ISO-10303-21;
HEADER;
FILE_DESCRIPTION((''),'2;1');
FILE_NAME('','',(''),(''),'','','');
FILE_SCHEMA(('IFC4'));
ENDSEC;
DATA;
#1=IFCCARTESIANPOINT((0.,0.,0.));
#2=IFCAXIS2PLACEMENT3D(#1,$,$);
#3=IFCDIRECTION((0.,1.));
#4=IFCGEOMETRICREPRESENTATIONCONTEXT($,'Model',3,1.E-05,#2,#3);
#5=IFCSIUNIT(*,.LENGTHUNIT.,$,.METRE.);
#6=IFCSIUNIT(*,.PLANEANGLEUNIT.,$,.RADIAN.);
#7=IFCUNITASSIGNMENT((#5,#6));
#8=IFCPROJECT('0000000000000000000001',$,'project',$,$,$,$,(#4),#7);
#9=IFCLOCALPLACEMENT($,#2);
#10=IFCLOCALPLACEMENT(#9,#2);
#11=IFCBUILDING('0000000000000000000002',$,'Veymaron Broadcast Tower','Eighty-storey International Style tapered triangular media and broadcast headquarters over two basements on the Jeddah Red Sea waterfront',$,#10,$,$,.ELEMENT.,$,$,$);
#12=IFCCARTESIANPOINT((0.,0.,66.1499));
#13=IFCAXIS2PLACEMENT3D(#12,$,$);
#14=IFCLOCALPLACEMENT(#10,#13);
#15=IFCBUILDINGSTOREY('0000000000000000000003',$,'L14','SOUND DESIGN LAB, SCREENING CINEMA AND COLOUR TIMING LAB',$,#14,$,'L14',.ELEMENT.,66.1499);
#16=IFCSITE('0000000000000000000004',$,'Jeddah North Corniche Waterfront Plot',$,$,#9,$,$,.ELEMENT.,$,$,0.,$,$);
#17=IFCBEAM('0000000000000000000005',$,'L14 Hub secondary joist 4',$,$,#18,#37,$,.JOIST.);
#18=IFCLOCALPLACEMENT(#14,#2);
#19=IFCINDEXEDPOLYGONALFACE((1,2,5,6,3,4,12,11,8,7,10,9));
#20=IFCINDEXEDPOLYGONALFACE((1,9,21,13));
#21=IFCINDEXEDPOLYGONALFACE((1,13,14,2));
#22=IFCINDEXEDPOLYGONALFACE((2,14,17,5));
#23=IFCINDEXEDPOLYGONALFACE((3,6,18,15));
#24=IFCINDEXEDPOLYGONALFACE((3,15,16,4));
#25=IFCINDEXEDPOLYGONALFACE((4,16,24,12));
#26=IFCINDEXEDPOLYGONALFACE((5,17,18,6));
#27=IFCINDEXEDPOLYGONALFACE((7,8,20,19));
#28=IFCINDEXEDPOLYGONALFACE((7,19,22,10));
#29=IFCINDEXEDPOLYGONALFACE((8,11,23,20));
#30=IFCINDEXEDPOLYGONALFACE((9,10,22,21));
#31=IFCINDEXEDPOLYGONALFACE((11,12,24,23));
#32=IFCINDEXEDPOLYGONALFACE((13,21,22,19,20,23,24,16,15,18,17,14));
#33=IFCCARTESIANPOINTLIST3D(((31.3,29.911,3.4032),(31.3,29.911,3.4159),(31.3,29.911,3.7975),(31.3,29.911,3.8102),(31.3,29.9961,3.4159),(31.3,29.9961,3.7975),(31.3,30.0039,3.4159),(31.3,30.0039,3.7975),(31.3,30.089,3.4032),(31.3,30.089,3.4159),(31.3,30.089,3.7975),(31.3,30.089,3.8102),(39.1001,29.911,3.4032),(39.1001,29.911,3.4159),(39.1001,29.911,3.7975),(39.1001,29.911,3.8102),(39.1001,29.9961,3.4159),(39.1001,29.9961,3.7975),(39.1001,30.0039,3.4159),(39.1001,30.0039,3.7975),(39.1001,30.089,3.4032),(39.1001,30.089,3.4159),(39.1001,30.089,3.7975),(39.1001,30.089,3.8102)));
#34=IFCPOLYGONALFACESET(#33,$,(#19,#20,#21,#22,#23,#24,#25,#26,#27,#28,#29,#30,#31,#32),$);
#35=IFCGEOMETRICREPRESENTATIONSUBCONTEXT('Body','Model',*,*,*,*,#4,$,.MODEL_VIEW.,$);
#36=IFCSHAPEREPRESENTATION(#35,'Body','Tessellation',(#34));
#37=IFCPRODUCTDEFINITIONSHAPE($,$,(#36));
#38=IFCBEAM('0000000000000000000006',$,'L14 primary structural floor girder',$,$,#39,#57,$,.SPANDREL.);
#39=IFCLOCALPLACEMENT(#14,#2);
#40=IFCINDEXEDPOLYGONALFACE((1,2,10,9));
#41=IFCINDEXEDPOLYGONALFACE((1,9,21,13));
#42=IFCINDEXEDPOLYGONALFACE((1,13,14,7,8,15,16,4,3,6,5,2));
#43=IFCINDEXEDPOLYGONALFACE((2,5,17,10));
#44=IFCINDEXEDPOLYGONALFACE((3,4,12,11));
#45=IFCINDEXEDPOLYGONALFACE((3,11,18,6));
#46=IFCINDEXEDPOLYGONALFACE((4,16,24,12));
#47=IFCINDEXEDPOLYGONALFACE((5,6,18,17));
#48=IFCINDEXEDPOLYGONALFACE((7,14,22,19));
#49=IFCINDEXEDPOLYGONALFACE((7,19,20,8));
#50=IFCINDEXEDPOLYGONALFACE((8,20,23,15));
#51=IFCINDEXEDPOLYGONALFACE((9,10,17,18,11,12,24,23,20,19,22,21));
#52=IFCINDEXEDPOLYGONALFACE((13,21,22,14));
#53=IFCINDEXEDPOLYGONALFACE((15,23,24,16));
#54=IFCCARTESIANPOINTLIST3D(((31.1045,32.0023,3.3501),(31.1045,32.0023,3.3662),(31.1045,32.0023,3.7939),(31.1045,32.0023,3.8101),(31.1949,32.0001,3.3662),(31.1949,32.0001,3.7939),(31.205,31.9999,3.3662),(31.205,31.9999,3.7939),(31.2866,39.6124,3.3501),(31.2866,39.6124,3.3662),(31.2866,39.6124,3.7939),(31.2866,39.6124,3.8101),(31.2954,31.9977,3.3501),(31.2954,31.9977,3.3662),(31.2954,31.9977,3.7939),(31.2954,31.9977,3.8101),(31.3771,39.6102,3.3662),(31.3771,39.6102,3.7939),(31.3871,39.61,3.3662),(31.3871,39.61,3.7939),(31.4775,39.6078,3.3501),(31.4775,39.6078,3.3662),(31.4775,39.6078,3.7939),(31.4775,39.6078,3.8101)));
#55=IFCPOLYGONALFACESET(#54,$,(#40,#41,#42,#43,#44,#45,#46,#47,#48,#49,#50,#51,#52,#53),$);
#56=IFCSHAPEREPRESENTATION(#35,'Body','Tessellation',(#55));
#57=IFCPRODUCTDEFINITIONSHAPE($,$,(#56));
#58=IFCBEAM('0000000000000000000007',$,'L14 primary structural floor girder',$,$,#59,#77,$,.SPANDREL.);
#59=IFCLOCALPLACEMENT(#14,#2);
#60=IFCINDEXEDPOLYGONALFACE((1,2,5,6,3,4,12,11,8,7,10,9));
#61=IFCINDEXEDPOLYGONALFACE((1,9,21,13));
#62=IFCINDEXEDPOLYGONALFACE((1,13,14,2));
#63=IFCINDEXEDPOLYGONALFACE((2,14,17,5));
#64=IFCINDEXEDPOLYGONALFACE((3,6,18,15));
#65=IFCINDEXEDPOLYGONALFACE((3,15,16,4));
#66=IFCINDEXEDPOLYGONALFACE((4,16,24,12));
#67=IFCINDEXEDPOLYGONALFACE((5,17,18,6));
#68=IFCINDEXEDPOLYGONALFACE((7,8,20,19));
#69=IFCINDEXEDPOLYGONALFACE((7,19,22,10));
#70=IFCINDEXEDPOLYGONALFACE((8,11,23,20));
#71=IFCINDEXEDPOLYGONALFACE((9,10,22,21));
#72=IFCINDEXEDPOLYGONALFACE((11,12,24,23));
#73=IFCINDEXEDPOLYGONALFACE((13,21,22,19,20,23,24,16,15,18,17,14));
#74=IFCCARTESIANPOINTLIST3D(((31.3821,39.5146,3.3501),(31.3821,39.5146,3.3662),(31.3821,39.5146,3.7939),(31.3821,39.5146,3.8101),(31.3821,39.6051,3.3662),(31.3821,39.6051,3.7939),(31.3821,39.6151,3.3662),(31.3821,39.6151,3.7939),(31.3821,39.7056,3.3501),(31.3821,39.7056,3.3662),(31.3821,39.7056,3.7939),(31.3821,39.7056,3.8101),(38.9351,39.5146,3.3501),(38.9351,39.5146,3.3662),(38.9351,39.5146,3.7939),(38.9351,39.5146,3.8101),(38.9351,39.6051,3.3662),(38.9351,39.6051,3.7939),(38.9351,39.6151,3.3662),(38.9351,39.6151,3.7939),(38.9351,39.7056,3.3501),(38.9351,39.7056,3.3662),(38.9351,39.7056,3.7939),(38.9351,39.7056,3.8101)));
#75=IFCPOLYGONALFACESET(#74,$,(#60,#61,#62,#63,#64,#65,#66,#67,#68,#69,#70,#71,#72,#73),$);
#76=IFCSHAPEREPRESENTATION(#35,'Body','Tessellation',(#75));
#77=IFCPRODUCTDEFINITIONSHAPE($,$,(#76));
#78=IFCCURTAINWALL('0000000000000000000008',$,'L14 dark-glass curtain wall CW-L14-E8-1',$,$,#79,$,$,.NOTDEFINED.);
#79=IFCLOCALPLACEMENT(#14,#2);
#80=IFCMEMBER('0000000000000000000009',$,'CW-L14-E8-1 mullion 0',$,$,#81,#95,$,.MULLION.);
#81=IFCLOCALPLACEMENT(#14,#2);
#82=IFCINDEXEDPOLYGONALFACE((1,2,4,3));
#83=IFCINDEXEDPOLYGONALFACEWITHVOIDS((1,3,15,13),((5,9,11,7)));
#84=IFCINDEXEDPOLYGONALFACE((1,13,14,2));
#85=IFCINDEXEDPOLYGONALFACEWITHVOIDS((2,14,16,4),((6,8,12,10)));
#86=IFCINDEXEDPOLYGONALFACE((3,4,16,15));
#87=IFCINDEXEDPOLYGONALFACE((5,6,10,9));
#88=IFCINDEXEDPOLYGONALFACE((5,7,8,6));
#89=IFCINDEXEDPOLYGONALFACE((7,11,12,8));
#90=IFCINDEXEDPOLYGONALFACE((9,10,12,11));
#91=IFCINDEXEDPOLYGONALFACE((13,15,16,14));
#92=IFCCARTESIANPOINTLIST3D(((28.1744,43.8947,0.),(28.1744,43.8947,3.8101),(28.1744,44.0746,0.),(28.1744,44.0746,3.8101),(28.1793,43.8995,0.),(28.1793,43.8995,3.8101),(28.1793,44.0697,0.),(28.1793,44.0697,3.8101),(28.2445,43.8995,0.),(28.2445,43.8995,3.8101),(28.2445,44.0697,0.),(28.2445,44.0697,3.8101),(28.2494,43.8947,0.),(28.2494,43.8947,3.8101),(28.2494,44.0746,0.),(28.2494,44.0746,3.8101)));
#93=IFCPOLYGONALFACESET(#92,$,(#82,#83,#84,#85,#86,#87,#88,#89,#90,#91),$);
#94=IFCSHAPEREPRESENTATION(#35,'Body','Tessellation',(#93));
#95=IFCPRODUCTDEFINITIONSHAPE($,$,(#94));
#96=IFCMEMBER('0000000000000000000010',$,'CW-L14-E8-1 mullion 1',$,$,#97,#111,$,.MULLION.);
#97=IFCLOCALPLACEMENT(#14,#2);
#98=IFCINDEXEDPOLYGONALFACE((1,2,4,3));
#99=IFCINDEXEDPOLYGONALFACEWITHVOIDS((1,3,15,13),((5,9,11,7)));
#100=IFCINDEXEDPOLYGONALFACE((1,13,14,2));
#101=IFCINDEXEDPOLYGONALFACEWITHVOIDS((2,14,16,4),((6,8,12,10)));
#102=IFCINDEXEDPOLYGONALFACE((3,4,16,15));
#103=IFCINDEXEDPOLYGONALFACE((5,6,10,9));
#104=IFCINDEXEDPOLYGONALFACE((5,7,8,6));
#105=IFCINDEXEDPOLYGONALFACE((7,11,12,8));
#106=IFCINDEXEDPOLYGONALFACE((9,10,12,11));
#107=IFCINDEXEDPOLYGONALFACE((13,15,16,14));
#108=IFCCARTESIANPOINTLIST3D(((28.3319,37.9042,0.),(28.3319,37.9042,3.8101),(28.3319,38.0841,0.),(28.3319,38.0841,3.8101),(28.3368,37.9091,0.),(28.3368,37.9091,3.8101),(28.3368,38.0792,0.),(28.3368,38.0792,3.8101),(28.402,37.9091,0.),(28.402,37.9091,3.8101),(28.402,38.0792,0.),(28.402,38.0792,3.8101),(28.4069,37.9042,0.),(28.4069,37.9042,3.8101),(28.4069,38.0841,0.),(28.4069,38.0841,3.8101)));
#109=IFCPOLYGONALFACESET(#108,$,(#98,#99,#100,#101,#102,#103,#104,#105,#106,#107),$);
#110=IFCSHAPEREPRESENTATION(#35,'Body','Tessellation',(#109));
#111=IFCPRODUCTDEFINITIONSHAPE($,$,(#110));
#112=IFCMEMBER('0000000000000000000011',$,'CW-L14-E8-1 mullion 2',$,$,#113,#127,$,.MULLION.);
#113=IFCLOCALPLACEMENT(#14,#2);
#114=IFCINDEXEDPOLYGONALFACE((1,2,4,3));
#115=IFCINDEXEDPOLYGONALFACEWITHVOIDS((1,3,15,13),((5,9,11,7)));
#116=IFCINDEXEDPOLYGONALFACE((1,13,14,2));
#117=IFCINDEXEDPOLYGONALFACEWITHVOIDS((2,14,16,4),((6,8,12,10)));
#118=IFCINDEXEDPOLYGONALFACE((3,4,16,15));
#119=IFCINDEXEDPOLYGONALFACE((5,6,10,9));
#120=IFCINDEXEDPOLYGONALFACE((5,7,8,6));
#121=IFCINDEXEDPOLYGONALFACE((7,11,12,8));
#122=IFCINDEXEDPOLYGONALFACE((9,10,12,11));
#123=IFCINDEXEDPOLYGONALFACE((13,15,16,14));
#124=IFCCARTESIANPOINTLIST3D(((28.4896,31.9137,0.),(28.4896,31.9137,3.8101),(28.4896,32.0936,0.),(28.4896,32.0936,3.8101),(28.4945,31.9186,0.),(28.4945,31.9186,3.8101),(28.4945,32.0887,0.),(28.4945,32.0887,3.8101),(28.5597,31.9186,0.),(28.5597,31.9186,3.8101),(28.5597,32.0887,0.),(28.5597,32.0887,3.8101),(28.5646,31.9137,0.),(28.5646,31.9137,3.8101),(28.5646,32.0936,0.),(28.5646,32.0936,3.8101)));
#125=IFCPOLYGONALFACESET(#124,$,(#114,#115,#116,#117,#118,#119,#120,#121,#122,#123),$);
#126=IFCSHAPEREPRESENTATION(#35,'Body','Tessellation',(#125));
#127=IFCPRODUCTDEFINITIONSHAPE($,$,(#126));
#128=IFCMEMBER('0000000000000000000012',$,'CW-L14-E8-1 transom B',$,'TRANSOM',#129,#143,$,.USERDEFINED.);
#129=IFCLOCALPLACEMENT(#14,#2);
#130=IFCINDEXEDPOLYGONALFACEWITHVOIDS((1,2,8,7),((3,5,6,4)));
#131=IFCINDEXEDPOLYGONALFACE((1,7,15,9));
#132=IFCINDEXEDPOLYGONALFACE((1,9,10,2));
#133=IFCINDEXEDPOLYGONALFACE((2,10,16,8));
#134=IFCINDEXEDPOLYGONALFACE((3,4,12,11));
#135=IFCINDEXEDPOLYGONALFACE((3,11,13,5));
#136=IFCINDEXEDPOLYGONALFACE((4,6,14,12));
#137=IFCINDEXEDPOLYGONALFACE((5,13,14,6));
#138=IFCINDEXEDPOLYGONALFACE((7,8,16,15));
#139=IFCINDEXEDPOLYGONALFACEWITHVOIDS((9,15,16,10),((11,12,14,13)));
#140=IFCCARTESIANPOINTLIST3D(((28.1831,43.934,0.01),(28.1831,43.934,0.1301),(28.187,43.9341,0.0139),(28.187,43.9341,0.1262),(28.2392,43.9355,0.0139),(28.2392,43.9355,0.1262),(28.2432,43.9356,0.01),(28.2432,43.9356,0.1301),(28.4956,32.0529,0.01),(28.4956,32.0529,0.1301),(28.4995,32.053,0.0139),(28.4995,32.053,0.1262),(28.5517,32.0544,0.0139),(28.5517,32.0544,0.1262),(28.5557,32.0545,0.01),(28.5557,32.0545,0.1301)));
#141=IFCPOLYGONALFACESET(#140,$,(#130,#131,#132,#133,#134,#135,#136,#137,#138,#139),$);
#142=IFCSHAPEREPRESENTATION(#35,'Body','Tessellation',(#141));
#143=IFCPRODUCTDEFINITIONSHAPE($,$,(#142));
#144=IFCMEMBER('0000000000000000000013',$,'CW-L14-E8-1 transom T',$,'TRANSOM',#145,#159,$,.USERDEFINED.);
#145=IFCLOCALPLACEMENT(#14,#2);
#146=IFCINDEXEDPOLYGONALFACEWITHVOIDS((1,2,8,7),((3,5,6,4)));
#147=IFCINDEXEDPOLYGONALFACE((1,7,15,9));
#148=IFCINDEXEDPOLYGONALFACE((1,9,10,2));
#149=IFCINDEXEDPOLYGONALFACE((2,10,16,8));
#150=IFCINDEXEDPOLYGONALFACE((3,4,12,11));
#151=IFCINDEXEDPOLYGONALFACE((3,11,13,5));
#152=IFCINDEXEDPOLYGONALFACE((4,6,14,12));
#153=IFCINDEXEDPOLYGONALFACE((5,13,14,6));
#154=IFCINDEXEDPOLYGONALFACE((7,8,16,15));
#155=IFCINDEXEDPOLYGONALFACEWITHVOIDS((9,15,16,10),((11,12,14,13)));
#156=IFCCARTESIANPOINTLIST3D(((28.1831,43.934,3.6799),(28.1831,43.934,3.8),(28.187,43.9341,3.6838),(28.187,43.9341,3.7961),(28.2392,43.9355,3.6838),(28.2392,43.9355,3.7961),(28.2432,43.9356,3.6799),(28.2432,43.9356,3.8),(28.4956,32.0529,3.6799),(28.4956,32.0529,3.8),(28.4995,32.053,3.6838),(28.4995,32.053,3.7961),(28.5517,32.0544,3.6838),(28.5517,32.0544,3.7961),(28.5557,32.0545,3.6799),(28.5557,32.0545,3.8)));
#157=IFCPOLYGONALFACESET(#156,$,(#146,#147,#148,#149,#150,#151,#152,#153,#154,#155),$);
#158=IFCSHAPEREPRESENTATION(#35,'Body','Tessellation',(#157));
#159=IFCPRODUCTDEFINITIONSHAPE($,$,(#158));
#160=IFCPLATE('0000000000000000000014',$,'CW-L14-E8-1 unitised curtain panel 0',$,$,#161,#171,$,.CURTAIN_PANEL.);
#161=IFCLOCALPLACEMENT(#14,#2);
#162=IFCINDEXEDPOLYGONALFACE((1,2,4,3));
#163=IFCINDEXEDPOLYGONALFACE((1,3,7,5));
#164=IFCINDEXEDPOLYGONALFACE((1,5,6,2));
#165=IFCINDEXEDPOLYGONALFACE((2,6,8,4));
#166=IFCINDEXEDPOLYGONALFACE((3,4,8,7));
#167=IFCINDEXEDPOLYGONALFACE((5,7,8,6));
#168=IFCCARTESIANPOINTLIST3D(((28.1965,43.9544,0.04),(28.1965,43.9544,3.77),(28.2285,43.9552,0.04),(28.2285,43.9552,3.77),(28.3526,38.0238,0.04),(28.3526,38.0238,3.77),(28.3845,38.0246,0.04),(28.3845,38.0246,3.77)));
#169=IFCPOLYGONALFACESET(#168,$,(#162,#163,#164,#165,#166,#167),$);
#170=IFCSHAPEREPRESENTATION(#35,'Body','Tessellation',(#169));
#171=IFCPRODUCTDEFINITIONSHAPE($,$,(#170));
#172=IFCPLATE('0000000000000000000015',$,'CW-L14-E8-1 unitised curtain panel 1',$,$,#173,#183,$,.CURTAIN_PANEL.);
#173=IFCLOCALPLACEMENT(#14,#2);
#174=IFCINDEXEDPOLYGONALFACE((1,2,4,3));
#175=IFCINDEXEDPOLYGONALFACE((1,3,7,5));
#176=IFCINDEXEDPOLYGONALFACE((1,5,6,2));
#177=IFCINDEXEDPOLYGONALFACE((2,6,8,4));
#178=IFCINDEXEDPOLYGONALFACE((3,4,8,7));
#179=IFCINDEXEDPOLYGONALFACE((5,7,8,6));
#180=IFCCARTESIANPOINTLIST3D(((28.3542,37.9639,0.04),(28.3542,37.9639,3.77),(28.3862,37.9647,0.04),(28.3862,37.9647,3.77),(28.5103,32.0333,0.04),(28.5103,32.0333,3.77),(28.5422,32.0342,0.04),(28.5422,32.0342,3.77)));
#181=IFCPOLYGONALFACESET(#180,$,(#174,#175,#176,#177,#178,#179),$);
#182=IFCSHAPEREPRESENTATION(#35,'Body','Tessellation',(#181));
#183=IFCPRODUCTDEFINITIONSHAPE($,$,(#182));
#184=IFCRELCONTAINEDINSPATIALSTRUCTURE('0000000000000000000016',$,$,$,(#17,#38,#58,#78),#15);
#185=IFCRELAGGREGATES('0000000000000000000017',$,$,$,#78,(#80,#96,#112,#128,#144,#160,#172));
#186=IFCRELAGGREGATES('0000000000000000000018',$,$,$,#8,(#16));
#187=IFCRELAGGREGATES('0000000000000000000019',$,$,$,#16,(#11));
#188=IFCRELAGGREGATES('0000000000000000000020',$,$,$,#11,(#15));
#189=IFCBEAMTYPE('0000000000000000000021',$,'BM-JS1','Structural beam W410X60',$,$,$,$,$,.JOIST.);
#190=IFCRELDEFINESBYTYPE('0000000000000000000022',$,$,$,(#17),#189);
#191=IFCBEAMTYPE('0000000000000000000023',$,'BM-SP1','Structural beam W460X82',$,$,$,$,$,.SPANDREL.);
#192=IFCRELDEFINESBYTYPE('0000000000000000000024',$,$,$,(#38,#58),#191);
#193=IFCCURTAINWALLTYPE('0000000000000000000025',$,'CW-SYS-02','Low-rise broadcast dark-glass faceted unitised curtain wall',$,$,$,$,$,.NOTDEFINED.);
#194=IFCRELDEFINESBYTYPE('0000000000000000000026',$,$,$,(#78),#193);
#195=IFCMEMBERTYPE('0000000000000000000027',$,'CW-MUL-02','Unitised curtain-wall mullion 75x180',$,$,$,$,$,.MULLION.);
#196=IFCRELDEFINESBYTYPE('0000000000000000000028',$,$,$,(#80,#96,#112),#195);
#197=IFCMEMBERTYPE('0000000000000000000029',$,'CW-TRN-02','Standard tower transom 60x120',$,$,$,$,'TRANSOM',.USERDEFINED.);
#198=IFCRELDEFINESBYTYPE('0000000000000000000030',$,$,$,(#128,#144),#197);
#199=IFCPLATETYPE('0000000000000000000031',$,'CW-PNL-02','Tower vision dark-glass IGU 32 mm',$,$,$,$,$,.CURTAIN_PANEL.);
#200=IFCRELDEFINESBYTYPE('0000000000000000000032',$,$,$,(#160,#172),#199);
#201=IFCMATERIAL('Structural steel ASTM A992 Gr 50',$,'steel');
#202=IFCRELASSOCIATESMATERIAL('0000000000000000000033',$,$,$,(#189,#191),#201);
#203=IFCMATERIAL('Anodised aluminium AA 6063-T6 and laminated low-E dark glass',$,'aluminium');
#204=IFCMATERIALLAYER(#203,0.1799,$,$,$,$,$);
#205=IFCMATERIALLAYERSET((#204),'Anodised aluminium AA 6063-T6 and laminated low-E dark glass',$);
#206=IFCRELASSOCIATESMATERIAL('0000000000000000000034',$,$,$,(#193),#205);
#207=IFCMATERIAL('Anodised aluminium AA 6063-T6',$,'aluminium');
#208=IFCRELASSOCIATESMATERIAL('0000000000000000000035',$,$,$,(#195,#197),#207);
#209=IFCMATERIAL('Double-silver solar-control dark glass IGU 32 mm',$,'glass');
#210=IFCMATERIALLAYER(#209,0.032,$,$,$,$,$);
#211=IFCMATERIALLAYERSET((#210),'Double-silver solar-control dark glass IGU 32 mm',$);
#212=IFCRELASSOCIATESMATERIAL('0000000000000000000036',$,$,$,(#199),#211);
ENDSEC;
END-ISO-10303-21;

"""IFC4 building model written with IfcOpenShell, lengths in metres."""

from ifc_helpers import new_model, si_unit, direction, frame, origin, origin_2d, place, context, subcontext, project, spatial, rectangle, hollow_rectangle, i_section, extrude, material, layer, layer_set, material_profile, profile_set, type_object, element, aggregate, save


model = new_model("IFC4")

# Units and contexts
model_context = context("Model", 3, precision=1e-05, world=origin(), true_north=direction((0.0, 1.0)))
body_context = subcontext(model_context, "Body", "Model", "MODEL_VIEW")
ifc_project = project(units=[si_unit("LENGTHUNIT", "METRE"), si_unit("PLANEANGLEUNIT", "RADIAN")], contexts=[model_context])

# Site, building, storey
site_placement = place(None, origin())
site = spatial("IfcSite", under=ifc_project, at=site_placement, Name="Jeddah North Corniche Waterfront Plot", CompositionType="ELEMENT", RefElevation=0.0)
building_placement = place(site_placement, origin())
building = spatial("IfcBuilding", under=site, at=building_placement, Name="Veymaron Broadcast Tower", Description="Eighty-storey International Style tapered triangular media and broadcast headquarters over two basements on the Jeddah Red Sea waterfront", CompositionType="ELEMENT")
storey_placement = place(building_placement, frame((0.0, 0.0, 66.1499)))
storey = spatial("IfcBuildingStorey", under=building, at=storey_placement, Name="L14", Description="SOUND DESIGN LAB, SCREENING CINEMA AND COLOUR TIMING LAB", LongName="L14", CompositionType="ELEMENT", Elevation=66.1499)

# Beams
ifc_material_1 = material(Name="Structural steel ASTM A992 Gr 50", Category="steel")
ifc_material_profile_1 = material_profile(ifc_material_1, i_section(OverallWidth=0.178, OverallDepth=0.407, WebThickness=0.0078, FlangeThickness=0.0127, at=origin_2d()), Name="W410X60")
ifc_profile_set_1 = profile_set([ifc_material_profile_1], Name="Structural steel ASTM A992 Gr 50")
beam_type_1 = type_object("IfcBeamType", Name="BM-JS1", Description="Structural beam W410X60", PredefinedType="JOIST", material=ifc_profile_set_1)
for number, where, z_axis, x_axis, name in (
    (1, (31.3, 30.0, 3.6067), (1.0, 0.0, 0.0), (0.0, 1.0, 0.0), "L14 Hub secondary joist 4"),
):
    element("IfcBeam", number, at=place(storey_placement, frame(where, z_axis=z_axis, x_axis=x_axis)), inside=storey, type_object=beam_type_1, Name=name, PredefinedType="JOIST", context=body_context, shape_type="SweptSolid", body=[
        extrude(i_section(OverallWidth=0.178, OverallDepth=0.407, WebThickness=0.0078, FlangeThickness=0.0127, at=origin_2d()), origin(), (0.0, 0.0, 1.0), 7.8),
    ])
ifc_material_profile_2 = material_profile(ifc_material_1, i_section(OverallWidth=0.1909, OverallDepth=0.46, WebThickness=0.01, FlangeThickness=0.0161, at=origin_2d()), Name="W460X82")
ifc_profile_set_2 = profile_set([ifc_material_profile_2], Name="Structural steel ASTM A992 Gr 50")
beam_type_2 = type_object("IfcBeamType", Name="BM-SP1", Description="Structural beam W460X82", PredefinedType="SPANDREL", material=ifc_profile_set_2)
beam_1_placement = place(storey_placement, frame((31.2, 32.0, 3.5801), z_axis=(0.023926, 0.999714, 0.0), x_axis=(-0.999714, 0.023926, 0.0)))
element("IfcBeam", 2, at=beam_1_placement, inside=storey, type_object=beam_type_2, Name="L14 primary structural floor girder", PredefinedType="SPANDREL", context=body_context, shape_type="SweptSolid", body=[
    extrude(i_section(OverallWidth=0.1909, OverallDepth=0.46, WebThickness=0.01, FlangeThickness=0.0161, at=origin_2d()), origin(), (0.0, 0.0, 1.0), 7.6123),
])
beam_2_placement = place(storey_placement, frame((31.3821, 39.6101, 3.5801), z_axis=(1.0, 0.0, 0.0), x_axis=(0.0, 1.0, 0.0)))
element("IfcBeam", 3, at=beam_2_placement, inside=storey, type_object=beam_type_2, Name="L14 primary structural floor girder", PredefinedType="SPANDREL", context=body_context, shape_type="SweptSolid", body=[
    extrude(i_section(OverallWidth=0.1909, OverallDepth=0.46, WebThickness=0.01, FlangeThickness=0.0161, at=origin_2d()), origin(), (0.0, 0.0, 1.0), 7.553),
])

# Curtain wall, members, plates
ifc_material_2 = material(Name="Anodised aluminium AA 6063-T6 and laminated low-E dark glass", Category="aluminium")
ifc_layer_1 = layer(ifc_material_2, 0.1799)
ifc_layer_set_1 = layer_set([ifc_layer_1], Name="Anodised aluminium AA 6063-T6 and laminated low-E dark glass")
curtain_wall_type = type_object("IfcCurtainWallType", Name="CW-SYS-02", Description="Low-rise broadcast dark-glass faceted unitised curtain wall", PredefinedType="NOTDEFINED", material=ifc_layer_set_1)
curtain_wall_placement = place(storey_placement, origin())
curtain_wall = element("IfcCurtainWall", 4, at=curtain_wall_placement, inside=storey, type_object=curtain_wall_type, Name="L14 dark-glass curtain wall CW-L14-E8-1", PredefinedType="NOTDEFINED")
ifc_material_3 = material(Name="Anodised aluminium AA 6063-T6", Category="aluminium")
ifc_material_profile_3 = material_profile(ifc_material_3, hollow_rectangle(XDim=0.075, YDim=0.1799, WallThickness=0.0049, at=origin_2d()), Name="AL180X75X5")
ifc_profile_set_3 = profile_set([ifc_material_profile_3], Name="Anodised aluminium AA 6063-T6")
member_type_1 = type_object("IfcMemberType", Name="CW-MUL-02", Description="Unitised curtain-wall mullion 75x180", PredefinedType="MULLION", material=ifc_profile_set_3)
member_1_placement = place(storey_placement, frame((28.2119, 43.9846, 0.0), z_axis=(0.0, 0.0, 1.0), x_axis=(1.0, 0.0, 0.0)))
member_1 = element("IfcMember", 5, at=member_1_placement, type_object=member_type_1, Name="CW-L14-E8-1 mullion 0", PredefinedType="MULLION", context=body_context, shape_type="SweptSolid", body=[
    extrude(hollow_rectangle(XDim=0.075, YDim=0.1799, WallThickness=0.0049, at=origin_2d()), origin(), (0.0, 0.0, 1.0), 3.8101),
])
member_2_placement = place(storey_placement, frame((28.3694, 37.9941, 0.0), z_axis=(0.0, 0.0, 1.0), x_axis=(1.0, 0.0, 0.0)))
member_2 = element("IfcMember", 6, at=member_2_placement, type_object=member_type_1, Name="CW-L14-E8-1 mullion 1", PredefinedType="MULLION", context=body_context, shape_type="SweptSolid", body=[
    extrude(hollow_rectangle(XDim=0.075, YDim=0.1799, WallThickness=0.0049, at=origin_2d()), origin(), (0.0, 0.0, 1.0), 3.8101),
])
member_3_placement = place(storey_placement, frame((28.5271, 32.0037, 0.0), z_axis=(0.0, 0.0, 1.0), x_axis=(1.0, 0.0, 0.0)))
member_3 = element("IfcMember", 7, at=member_3_placement, type_object=member_type_1, Name="CW-L14-E8-1 mullion 2", PredefinedType="MULLION", context=body_context, shape_type="SweptSolid", body=[
    extrude(hollow_rectangle(XDim=0.075, YDim=0.1799, WallThickness=0.0049, at=origin_2d()), origin(), (0.0, 0.0, 1.0), 3.8101),
])
ifc_material_profile_4 = material_profile(ifc_material_3, hollow_rectangle(XDim=0.0601, YDim=0.1201, WallThickness=0.0039, at=origin_2d()), Name="AL120X60X4")
ifc_profile_set_4 = profile_set([ifc_material_profile_4], Name="Anodised aluminium AA 6063-T6")
member_type_2 = type_object("IfcMemberType", Name="CW-TRN-02", Description="Standard tower transom 60x120", ElementType="TRANSOM", PredefinedType="USERDEFINED", material=ifc_profile_set_4)
member_4_placement = place(storey_placement, frame((28.2131, 43.9348, 0.0701), z_axis=(0.026293, -0.999654, 0.0), x_axis=(0.999654, 0.026293, 0.0)))
member_4 = element("IfcMember", 8, at=member_4_placement, type_object=member_type_2, Name="CW-L14-E8-1 transom B", ObjectType="TRANSOM", PredefinedType="USERDEFINED", context=body_context, shape_type="SweptSolid", body=[
    extrude(hollow_rectangle(XDim=0.0601, YDim=0.1201, WallThickness=0.0039, at=origin_2d()), origin(), (0.0, 0.0, 1.0), 11.8853),
])
member_5_placement = place(storey_placement, frame((28.2131, 43.9348, 3.74), z_axis=(0.026293, -0.999654, 0.0), x_axis=(0.999654, 0.026293, 0.0)))
member_5 = element("IfcMember", 9, at=member_5_placement, type_object=member_type_2, Name="CW-L14-E8-1 transom T", ObjectType="TRANSOM", PredefinedType="USERDEFINED", context=body_context, shape_type="SweptSolid", body=[
    extrude(hollow_rectangle(XDim=0.0601, YDim=0.1201, WallThickness=0.0039, at=origin_2d()), origin(), (0.0, 0.0, 1.0), 11.8853),
])
ifc_material_4 = material(Name="Double-silver solar-control dark glass IGU 32 mm", Category="glass")
ifc_layer_2 = layer(ifc_material_4, 0.032)
ifc_layer_set_2 = layer_set([ifc_layer_2], Name="Double-silver solar-control dark glass IGU 32 mm")
plate_type = type_object("IfcPlateType", Name="CW-PNL-02", Description="Tower vision dark-glass IGU 32 mm", PredefinedType="CURTAIN_PANEL", material=ifc_layer_set_2)
plate_1_placement = place(storey_placement, frame((28.2905, 40.9895, 0.04), z_axis=(0.0, 0.0, 1.0), x_axis=(0.026299, -0.999654, 0.0)))
plate_1 = element("IfcPlate", 10, at=plate_1_placement, type_object=plate_type, Name="CW-L14-E8-1 unitised curtain panel 0", PredefinedType="CURTAIN_PANEL", context=body_context, shape_type="SweptSolid", body=[
    extrude(rectangle(XDim=5.9326, YDim=0.032, at=origin_2d()), origin(), (0.0, 0.0, 1.0), 3.73),
])
plate_2_placement = place(storey_placement, frame((28.4482, 34.999, 0.04), z_axis=(0.0, 0.0, 1.0), x_axis=(0.026299, -0.999654, 0.0)))
plate_2 = element("IfcPlate", 11, at=plate_2_placement, type_object=plate_type, Name="CW-L14-E8-1 unitised curtain panel 1", PredefinedType="CURTAIN_PANEL", context=body_context, shape_type="SweptSolid", body=[
    extrude(rectangle(XDim=5.9326, YDim=0.032, at=origin_2d()), origin(), (0.0, 0.0, 1.0), 3.73),
])
aggregate(curtain_wall, [member_1, member_2, member_3, member_4, member_5, plate_1, plate_2])

save(model, "model.ifc")
